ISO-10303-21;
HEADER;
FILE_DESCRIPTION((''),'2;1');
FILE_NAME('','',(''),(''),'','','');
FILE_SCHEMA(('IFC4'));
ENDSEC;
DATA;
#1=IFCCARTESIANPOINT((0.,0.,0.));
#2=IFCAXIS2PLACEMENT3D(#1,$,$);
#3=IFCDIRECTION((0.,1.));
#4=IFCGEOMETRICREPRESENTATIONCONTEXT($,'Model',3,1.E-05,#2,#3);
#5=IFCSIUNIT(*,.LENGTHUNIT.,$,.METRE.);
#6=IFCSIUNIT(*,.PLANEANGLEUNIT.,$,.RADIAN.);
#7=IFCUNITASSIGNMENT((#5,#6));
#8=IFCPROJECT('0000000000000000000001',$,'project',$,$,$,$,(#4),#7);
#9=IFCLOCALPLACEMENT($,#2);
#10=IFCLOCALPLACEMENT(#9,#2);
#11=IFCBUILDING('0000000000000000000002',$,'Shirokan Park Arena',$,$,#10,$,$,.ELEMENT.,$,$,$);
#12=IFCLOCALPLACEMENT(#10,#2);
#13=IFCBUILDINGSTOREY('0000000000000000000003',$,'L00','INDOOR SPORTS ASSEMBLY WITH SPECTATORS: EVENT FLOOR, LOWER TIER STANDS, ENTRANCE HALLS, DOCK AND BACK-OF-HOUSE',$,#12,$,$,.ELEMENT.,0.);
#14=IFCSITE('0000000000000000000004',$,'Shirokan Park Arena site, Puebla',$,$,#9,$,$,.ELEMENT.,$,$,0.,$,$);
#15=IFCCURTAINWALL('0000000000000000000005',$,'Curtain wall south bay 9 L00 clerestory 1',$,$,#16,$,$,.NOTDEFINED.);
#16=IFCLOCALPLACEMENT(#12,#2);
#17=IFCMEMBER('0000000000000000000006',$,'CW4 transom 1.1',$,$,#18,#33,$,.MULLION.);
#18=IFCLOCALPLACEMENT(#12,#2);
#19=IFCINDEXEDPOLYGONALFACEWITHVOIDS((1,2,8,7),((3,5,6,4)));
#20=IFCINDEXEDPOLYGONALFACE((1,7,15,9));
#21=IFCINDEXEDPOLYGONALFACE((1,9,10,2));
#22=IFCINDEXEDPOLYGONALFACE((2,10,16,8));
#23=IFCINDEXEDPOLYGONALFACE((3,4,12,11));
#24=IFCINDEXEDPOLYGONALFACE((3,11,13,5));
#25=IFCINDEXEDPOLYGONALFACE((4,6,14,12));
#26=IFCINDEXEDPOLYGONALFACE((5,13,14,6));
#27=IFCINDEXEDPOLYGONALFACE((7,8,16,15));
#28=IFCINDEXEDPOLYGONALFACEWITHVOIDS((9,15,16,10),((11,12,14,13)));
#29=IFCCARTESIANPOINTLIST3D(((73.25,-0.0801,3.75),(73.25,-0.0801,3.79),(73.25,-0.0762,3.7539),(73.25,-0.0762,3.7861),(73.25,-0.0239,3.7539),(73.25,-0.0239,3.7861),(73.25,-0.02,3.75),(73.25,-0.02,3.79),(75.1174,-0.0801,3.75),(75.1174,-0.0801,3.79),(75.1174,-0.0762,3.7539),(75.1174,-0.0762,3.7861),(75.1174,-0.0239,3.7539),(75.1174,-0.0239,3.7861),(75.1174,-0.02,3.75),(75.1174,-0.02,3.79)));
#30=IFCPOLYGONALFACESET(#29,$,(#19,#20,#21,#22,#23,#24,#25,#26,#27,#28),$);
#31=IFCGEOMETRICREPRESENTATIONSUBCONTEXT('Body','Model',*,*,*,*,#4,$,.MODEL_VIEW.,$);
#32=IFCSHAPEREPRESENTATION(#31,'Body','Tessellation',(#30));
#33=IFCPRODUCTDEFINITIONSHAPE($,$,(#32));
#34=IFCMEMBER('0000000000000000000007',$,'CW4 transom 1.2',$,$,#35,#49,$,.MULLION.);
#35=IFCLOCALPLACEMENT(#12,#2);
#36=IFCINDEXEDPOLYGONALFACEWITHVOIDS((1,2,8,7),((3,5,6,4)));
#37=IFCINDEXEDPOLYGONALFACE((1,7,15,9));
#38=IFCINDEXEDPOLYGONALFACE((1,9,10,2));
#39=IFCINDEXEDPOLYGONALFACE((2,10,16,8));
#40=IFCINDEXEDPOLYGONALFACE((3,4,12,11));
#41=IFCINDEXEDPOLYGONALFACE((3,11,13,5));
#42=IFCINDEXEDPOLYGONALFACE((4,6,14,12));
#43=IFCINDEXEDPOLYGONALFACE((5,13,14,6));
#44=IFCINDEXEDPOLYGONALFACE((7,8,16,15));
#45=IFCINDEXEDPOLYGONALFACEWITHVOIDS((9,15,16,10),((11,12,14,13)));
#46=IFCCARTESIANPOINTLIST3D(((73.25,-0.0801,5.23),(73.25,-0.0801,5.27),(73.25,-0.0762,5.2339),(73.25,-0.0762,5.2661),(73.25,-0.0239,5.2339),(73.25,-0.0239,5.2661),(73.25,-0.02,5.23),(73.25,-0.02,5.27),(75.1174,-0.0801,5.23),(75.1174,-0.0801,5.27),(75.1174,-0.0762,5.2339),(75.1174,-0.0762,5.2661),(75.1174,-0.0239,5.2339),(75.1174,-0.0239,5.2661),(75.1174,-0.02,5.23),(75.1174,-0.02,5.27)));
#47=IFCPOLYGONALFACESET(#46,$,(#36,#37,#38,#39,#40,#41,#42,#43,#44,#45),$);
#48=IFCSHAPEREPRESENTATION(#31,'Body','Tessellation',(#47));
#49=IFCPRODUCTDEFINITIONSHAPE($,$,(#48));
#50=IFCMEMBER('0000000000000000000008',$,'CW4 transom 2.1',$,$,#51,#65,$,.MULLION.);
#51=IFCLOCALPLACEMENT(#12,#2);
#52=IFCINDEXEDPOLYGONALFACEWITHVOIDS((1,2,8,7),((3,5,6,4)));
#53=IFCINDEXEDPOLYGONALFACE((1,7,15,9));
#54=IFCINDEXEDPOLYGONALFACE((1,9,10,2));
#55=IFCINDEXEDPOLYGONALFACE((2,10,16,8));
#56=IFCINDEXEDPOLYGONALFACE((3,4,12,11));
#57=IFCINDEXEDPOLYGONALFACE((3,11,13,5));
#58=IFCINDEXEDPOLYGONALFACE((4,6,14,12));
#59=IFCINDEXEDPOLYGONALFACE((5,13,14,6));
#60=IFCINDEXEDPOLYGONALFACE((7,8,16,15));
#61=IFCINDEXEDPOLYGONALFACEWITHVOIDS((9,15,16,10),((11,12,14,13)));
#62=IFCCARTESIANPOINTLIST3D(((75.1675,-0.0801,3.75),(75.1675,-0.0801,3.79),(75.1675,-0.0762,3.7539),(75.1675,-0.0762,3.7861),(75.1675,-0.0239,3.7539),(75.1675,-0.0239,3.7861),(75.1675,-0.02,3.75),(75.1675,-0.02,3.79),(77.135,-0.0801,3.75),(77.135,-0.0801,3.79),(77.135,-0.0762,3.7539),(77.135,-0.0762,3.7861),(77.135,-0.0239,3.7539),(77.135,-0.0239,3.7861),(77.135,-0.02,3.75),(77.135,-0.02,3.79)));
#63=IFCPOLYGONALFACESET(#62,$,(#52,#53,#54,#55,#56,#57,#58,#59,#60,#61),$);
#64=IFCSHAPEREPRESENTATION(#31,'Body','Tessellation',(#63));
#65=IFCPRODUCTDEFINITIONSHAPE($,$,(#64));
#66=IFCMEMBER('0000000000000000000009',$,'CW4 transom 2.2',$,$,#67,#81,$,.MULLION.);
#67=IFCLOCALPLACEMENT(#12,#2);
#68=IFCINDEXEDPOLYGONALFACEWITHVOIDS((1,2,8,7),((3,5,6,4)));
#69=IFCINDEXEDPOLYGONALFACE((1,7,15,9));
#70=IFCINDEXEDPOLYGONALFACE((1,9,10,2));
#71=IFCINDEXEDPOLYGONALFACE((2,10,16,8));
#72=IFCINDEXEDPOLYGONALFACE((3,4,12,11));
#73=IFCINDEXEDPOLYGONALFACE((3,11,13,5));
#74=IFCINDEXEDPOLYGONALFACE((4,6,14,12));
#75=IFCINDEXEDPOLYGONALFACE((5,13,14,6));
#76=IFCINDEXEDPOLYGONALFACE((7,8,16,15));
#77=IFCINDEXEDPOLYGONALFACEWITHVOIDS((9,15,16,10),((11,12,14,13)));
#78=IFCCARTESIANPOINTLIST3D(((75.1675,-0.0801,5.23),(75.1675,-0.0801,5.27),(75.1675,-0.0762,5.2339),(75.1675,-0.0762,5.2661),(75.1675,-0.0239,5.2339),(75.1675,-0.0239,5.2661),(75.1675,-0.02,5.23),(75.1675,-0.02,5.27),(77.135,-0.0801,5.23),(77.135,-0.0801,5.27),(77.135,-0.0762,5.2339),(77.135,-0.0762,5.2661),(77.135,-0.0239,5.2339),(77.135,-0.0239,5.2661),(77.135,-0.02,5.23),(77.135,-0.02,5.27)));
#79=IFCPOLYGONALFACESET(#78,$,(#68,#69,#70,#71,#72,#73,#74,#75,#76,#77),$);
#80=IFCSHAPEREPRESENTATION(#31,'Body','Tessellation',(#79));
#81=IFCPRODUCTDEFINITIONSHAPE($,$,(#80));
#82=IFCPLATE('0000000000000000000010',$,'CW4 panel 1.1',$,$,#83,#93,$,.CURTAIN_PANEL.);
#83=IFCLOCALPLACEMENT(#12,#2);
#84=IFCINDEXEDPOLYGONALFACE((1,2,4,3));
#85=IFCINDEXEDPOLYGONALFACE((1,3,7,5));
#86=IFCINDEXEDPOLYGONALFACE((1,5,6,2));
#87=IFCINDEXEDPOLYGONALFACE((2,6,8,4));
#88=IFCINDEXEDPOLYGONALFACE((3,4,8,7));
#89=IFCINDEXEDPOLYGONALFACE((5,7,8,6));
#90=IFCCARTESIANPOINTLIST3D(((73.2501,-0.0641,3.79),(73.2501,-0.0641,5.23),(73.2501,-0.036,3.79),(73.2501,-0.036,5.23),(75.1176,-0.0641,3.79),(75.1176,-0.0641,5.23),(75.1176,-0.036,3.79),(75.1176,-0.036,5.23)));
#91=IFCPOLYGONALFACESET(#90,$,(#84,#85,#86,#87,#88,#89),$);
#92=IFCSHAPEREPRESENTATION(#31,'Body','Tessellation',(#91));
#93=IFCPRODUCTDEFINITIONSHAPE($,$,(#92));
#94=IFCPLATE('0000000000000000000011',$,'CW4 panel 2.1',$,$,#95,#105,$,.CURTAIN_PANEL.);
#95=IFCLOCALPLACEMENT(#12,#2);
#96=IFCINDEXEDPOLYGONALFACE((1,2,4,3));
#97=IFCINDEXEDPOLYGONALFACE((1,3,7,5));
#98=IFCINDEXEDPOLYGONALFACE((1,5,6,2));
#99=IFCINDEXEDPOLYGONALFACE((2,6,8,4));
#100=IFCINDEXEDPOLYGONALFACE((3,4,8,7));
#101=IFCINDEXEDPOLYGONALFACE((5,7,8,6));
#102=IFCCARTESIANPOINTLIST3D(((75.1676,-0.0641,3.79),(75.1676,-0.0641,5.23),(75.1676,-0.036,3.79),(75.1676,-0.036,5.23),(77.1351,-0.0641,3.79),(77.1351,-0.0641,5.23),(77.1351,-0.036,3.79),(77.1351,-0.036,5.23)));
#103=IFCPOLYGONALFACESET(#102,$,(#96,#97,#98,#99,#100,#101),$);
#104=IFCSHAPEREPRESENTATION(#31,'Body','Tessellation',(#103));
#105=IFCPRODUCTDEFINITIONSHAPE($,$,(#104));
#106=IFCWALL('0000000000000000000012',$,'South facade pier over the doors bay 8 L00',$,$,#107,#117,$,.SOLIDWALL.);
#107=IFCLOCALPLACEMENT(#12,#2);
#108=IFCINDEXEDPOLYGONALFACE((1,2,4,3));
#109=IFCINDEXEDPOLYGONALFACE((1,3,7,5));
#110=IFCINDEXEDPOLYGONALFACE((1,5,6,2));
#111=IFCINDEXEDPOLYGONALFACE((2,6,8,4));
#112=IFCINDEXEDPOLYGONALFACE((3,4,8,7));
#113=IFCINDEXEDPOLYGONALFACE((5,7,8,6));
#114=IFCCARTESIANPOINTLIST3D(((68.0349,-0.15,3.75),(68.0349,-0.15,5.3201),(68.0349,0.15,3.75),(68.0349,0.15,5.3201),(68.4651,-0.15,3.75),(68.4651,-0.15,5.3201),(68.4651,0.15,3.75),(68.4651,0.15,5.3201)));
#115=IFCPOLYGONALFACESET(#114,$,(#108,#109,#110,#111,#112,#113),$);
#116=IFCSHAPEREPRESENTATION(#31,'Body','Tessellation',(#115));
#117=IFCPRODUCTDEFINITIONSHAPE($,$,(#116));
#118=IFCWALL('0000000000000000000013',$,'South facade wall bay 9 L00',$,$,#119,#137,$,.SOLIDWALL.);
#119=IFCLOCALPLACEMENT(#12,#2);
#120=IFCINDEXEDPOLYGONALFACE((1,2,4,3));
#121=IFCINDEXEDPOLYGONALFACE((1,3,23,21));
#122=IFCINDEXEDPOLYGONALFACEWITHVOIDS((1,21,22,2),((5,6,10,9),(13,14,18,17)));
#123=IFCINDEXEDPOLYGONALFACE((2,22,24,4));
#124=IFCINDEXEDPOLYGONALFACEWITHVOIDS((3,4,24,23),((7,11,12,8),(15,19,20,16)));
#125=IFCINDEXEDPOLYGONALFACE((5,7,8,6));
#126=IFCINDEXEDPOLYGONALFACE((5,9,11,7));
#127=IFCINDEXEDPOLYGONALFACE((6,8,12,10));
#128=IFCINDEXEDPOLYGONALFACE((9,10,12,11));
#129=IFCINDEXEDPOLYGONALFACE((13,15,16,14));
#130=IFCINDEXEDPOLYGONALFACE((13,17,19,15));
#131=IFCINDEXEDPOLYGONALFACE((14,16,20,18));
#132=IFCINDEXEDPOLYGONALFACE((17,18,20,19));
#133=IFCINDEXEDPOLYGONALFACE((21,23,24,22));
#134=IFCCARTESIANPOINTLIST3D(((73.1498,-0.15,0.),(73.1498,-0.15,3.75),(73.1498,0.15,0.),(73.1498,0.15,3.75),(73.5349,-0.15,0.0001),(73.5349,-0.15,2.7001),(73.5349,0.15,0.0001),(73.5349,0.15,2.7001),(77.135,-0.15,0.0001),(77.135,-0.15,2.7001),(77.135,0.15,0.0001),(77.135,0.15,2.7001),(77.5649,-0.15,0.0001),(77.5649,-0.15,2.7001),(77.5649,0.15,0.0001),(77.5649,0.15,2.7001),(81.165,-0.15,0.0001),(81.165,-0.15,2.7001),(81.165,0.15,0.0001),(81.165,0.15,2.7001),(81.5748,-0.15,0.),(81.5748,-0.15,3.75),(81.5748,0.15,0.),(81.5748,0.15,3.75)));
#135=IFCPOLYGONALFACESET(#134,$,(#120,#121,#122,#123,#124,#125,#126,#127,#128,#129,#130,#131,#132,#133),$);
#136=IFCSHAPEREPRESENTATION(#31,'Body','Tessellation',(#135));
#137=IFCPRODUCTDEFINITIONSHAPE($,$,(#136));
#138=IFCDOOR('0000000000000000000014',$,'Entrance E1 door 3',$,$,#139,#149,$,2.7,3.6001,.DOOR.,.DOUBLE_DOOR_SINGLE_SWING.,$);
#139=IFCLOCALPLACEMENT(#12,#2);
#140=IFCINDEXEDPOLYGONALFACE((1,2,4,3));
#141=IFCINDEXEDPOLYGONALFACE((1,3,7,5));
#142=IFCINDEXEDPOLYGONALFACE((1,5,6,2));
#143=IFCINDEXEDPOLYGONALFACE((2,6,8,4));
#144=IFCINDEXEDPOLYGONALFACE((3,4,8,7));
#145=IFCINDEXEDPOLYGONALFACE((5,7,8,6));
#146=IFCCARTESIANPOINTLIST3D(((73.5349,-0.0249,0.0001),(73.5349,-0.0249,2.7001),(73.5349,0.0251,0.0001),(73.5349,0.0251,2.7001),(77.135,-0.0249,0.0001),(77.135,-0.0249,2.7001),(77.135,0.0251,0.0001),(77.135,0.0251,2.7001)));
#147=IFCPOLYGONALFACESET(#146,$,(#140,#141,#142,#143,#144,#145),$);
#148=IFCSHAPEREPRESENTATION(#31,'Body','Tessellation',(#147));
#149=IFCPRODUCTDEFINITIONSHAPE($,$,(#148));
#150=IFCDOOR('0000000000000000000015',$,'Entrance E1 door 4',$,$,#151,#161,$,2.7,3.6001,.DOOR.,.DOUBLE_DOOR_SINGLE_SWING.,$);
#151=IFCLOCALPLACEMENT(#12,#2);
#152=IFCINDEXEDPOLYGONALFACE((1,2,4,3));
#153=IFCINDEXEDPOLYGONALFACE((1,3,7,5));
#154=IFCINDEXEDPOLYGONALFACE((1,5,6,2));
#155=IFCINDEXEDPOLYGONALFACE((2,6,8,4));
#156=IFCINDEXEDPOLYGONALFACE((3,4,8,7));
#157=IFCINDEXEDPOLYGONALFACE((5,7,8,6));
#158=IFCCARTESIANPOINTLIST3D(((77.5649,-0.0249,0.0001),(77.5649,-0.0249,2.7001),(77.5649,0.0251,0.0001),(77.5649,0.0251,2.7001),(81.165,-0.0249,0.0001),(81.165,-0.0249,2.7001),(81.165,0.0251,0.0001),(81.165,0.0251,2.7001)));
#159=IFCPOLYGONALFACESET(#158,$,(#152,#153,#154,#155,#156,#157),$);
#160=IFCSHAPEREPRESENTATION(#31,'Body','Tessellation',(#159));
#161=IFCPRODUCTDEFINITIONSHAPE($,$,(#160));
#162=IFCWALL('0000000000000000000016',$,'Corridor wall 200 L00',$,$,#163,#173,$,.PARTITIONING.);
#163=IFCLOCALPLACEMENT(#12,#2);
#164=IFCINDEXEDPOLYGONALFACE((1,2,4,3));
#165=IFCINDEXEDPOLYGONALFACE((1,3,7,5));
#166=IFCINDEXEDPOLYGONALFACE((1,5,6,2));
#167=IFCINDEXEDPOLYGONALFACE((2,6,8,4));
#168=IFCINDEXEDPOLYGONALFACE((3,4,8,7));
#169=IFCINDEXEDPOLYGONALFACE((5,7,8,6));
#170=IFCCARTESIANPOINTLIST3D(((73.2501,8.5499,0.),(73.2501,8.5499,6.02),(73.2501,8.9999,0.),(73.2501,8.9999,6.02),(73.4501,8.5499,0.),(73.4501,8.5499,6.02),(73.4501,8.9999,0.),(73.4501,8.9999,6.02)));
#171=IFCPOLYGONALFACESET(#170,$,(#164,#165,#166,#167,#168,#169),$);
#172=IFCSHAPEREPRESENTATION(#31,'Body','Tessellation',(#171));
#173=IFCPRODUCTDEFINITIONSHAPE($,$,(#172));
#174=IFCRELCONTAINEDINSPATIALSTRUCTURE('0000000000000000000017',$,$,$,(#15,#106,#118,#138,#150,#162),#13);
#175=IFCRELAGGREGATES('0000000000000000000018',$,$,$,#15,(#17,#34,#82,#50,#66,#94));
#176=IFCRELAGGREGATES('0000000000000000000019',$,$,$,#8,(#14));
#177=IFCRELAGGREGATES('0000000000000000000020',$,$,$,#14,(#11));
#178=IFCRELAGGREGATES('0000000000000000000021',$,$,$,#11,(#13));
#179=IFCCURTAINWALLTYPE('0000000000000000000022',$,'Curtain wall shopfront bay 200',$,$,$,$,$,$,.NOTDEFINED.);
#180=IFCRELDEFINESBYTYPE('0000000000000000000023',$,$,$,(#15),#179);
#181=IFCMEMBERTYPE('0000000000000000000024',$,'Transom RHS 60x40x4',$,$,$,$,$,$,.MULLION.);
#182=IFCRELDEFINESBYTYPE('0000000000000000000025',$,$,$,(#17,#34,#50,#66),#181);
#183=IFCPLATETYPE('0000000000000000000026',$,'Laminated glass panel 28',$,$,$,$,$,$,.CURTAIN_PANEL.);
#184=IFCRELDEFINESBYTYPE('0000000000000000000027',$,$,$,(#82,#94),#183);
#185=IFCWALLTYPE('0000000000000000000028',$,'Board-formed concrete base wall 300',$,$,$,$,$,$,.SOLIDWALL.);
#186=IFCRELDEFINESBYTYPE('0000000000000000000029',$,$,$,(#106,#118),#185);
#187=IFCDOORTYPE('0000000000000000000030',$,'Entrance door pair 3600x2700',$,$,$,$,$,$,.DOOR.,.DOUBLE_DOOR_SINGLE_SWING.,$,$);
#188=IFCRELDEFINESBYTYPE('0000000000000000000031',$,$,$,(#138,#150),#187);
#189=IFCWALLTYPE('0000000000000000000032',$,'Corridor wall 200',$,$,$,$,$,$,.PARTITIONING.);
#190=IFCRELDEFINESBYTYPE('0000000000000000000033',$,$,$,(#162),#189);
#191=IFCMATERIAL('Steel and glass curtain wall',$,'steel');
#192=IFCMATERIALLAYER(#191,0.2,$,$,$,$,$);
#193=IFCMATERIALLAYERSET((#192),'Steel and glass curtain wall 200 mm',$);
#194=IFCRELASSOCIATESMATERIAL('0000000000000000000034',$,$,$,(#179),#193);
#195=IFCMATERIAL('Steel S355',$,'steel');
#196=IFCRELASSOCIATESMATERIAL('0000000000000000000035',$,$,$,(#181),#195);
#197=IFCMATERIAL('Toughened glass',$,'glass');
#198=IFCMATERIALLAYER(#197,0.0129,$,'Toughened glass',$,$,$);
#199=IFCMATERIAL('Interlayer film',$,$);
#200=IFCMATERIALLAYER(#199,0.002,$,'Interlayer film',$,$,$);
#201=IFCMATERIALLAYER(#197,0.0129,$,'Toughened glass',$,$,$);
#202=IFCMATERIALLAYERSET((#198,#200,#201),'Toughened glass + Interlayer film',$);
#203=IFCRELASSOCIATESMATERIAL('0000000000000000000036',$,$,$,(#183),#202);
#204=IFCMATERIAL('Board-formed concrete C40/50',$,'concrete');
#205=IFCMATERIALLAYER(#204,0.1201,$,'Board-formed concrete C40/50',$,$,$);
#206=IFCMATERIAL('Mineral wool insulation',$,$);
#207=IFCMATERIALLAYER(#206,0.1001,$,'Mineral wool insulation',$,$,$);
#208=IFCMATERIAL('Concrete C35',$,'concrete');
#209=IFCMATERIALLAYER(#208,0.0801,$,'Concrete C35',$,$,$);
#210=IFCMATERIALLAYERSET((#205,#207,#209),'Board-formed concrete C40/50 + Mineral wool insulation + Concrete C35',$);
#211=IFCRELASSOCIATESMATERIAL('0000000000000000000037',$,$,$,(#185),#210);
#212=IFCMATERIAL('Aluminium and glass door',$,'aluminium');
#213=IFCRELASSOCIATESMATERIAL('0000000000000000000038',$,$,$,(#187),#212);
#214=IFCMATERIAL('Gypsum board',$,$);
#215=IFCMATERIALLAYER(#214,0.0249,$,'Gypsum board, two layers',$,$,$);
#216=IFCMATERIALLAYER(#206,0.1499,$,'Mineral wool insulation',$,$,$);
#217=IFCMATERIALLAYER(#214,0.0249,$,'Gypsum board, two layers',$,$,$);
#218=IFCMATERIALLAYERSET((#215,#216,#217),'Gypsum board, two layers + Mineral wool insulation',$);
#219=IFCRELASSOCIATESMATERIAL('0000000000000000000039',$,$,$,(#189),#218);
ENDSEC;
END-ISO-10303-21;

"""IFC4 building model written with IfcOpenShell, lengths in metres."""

from ifc_helpers import new_model, si_unit, direction, frame, frame_2d, origin, origin_2d, place, context, subcontext, project, spatial, rectangle, hollow_rectangle, extrude, material, layer, layer_set, material_profile, profile_set, type_object, element, fill, aggregate, save


model = new_model("IFC4")

# Units and contexts
model_context = context("Model", 3, precision=1e-05, world=origin(), true_north=direction((0.0, 1.0)))
body_context = subcontext(model_context, "Body", "Model", "MODEL_VIEW")
ifc_project = project(units=[si_unit("LENGTHUNIT", "METRE"), si_unit("PLANEANGLEUNIT", "RADIAN")], contexts=[model_context])

# Site, building, storey
site_placement = place(None, origin())
site = spatial("IfcSite", under=ifc_project, at=site_placement, Name="Shirokan Park Arena site, Puebla", CompositionType="ELEMENT", RefElevation=0.0)
building_placement = place(site_placement, origin())
building = spatial("IfcBuilding", under=site, at=building_placement, Name="Shirokan Park Arena", CompositionType="ELEMENT")
storey_placement = place(building_placement, origin())
storey = spatial("IfcBuildingStorey", under=building, at=storey_placement, Name="L00", Description="INDOOR SPORTS ASSEMBLY WITH SPECTATORS: EVENT FLOOR, LOWER TIER STANDS, ENTRANCE HALLS, DOCK AND BACK-OF-HOUSE", CompositionType="ELEMENT", Elevation=0.0)

# Shared definitions
ifc_material_1 = material(Name="Concrete C35", Category="concrete")

# Shared definitions
ifc_material_2 = material(Name="Steel and glass curtain wall", Category="steel")
ifc_layer_1 = layer(ifc_material_2, 0.2)
ifc_layer_set_1 = layer_set([ifc_layer_1], Name="Steel and glass curtain wall 200 mm")
curtain_wall_type = type_object("IfcCurtainWallType", Name="Curtain wall shopfront bay 200", PredefinedType="NOTDEFINED", material=ifc_layer_set_1)
ifc_material_3 = material(Name="Steel S355", Category="steel")

# Curtain wall, members, plates
curtain_wall_1_placement = place(storey_placement, origin())
curtain_wall_1 = element("IfcCurtainWall", 1, at=curtain_wall_1_placement, inside=storey, type_object=curtain_wall_type, Name="Curtain wall south bay 9 L00 clerestory 1", PredefinedType="NOTDEFINED")
ifc_material_profile_1 = material_profile(ifc_material_3, hollow_rectangle(XDim=0.0601, YDim=0.04, WallThickness=0.0039, at=origin_2d()), Name="RHS 60x40x4")
ifc_profile_set_1 = profile_set([ifc_material_profile_1], Name="Steel S355")
member_type_1 = type_object("IfcMemberType", Name="Transom RHS 60x40x4", PredefinedType="MULLION", material=ifc_profile_set_1)
member_1_placement = place(storey_placement, frame((73.25, -0.05, 3.77), z_axis=(1.0, 0.0, 0.0), x_axis=(0.0, 1.0, 0.0)))
member_1 = element("IfcMember", 2, at=member_1_placement, type_object=member_type_1, Name="CW4 transom 1.1", PredefinedType="MULLION", context=body_context, shape_type="SweptSolid", body=[
    extrude(hollow_rectangle(XDim=0.0601, YDim=0.04, WallThickness=0.0039, at=origin_2d()), origin(), (0.0, 0.0, 1.0), 1.8674),
])
member_2_placement = place(storey_placement, frame((73.25, -0.05, 5.25), z_axis=(1.0, 0.0, 0.0), x_axis=(0.0, 1.0, 0.0)))
member_2 = element("IfcMember", 3, at=member_2_placement, type_object=member_type_1, Name="CW4 transom 1.2", PredefinedType="MULLION", context=body_context, shape_type="SweptSolid", body=[
    extrude(hollow_rectangle(XDim=0.0601, YDim=0.04, WallThickness=0.0039, at=origin_2d()), origin(), (0.0, 0.0, 1.0), 1.8674),
])
member_3_placement = place(storey_placement, frame((75.1675, -0.05, 3.77), z_axis=(1.0, 0.0, 0.0), x_axis=(0.0, 1.0, 0.0)))
member_3 = element("IfcMember", 4, at=member_3_placement, type_object=member_type_1, Name="CW4 transom 2.1", PredefinedType="MULLION", context=body_context, shape_type="SweptSolid", body=[
    extrude(hollow_rectangle(XDim=0.0601, YDim=0.04, WallThickness=0.0039, at=origin_2d()), origin(), (0.0, 0.0, 1.0), 1.9675),
])
member_4_placement = place(storey_placement, frame((75.1675, -0.05, 5.25), z_axis=(1.0, 0.0, 0.0), x_axis=(0.0, 1.0, 0.0)))
member_4 = element("IfcMember", 5, at=member_4_placement, type_object=member_type_1, Name="CW4 transom 2.2", PredefinedType="MULLION", context=body_context, shape_type="SweptSolid", body=[
    extrude(hollow_rectangle(XDim=0.0601, YDim=0.04, WallThickness=0.0039, at=origin_2d()), origin(), (0.0, 0.0, 1.0), 1.9675),
])
ifc_material_4 = material(Name="Toughened glass", Category="glass")
ifc_layer_2 = layer(ifc_material_4, 0.0129, Name="Toughened glass")
ifc_material_5 = material(Name="Interlayer film")
ifc_layer_3 = layer(ifc_material_5, 0.002, Name="Interlayer film")
ifc_layer_4 = layer(ifc_material_4, 0.0129, Name="Toughened glass")
ifc_layer_set_2 = layer_set([ifc_layer_2, ifc_layer_3, ifc_layer_4], Name="Toughened glass + Interlayer film")
plate_type = type_object("IfcPlateType", Name="Laminated glass panel 28", PredefinedType="CURTAIN_PANEL", material=ifc_layer_set_2)
plate_1_placement = place(storey_placement, frame((74.1838, -0.05, 3.79), z_axis=(0.0, 0.0, 1.0), x_axis=(1.0, 0.0, 0.0)))
plate_1 = element("IfcPlate", 6, at=plate_1_placement, type_object=plate_type, Name="CW4 panel 1.1", PredefinedType="CURTAIN_PANEL", context=body_context, shape_type="SweptSolid", body=[
    extrude(rectangle(XDim=1.8674, YDim=0.0281, at=origin_2d()), origin(), (0.0, 0.0, 1.0), 1.4399),
])
plate_2_placement = place(storey_placement, frame((76.1514, -0.05, 3.79), z_axis=(0.0, 0.0, 1.0), x_axis=(1.0, 0.0, 0.0)))
plate_2 = element("IfcPlate", 7, at=plate_2_placement, type_object=plate_type, Name="CW4 panel 2.1", PredefinedType="CURTAIN_PANEL", context=body_context, shape_type="SweptSolid", body=[
    extrude(rectangle(XDim=1.9675, YDim=0.0281, at=origin_2d()), origin(), (0.0, 0.0, 1.0), 1.4399),
])
aggregate(curtain_wall_1, [member_1, member_2, plate_1, member_3, member_4, plate_2])

# Wall
ifc_material_6 = material(Name="Board-formed concrete C40/50", Category="concrete")
ifc_layer_5 = layer(ifc_material_6, 0.1201, Name="Board-formed concrete C40/50")
ifc_material_7 = material(Name="Mineral wool insulation")
ifc_layer_6 = layer(ifc_material_7, 0.1001, Name="Mineral wool insulation")
ifc_layer_7 = layer(ifc_material_1, 0.0801, Name="Concrete C35")
ifc_layer_set_3 = layer_set([ifc_layer_5, ifc_layer_6, ifc_layer_7], Name="Board-formed concrete C40/50 + Mineral wool insulation + Concrete C35")
wall_type_1 = type_object("IfcWallType", Name="Board-formed concrete base wall 300", PredefinedType="SOLIDWALL", material=ifc_layer_set_3)
wall_1_placement = place(storey_placement, frame((68.0349, 0.0, 3.75), z_axis=(0.0, 0.0, 1.0), x_axis=(1.0, 0.0, 0.0)))
element("IfcWall", 8, at=wall_1_placement, inside=storey, type_object=wall_type_1, Name="South facade pier over the doors bay 8 L00", PredefinedType="SOLIDWALL", context=body_context, shape_type="SweptSolid", body=[
    extrude(rectangle(XDim=0.4302, YDim=0.3, at=frame_2d((0.2151, 0.0))), origin(), (0.0, 0.0, 1.0), 1.5701),
])

# Wall, openings, doors
wall_2_placement = place(storey_placement, frame((73.1499, 0.0, 0.0), z_axis=(0.0, 0.0, 1.0), x_axis=(1.0, 0.0, 0.0)))
wall_2 = element("IfcWall", 9, at=wall_2_placement, inside=storey, type_object=wall_type_1, Name="South facade wall bay 9 L00", PredefinedType="SOLIDWALL", context=body_context, shape_type="SweptSolid", body=[
    extrude(rectangle(XDim=8.425, YDim=0.3, at=frame_2d((4.2124, 0.0))), origin(), (0.0, 0.0, 1.0), 3.75),
])
opening_1_placement = place(wall_2_placement, frame((0.385, 0.0, 0.0)))
opening_1 = element("IfcOpeningElement", 10, at=opening_1_placement, cuts=wall_2, PredefinedType="OPENING", context=body_context, shape_type="SweptSolid", body=[
    extrude(rectangle(XDim=3.6001, YDim=2.7, at=frame_2d((1.8, 1.3501))), frame((0.0, 0.1599, 0.0), z_axis=(0.0, -1.0, 0.0), x_axis=(1.0, 0.0, 0.0)), (0.0, 0.0, 1.0), 0.3201),
])
opening_2_placement = place(wall_2_placement, frame((4.415, 0.0, 0.0)))
opening_2 = element("IfcOpeningElement", 11, at=opening_2_placement, cuts=wall_2, PredefinedType="OPENING", context=body_context, shape_type="SweptSolid", body=[
    extrude(rectangle(XDim=3.6001, YDim=2.7, at=frame_2d((1.8, 1.3501))), frame((0.0, 0.1599, 0.0), z_axis=(0.0, -1.0, 0.0), x_axis=(1.0, 0.0, 0.0)), (0.0, 0.0, 1.0), 0.3201),
])
ifc_material_8 = material(Name="Aluminium and glass door", Category="aluminium")
door_type_1 = type_object("IfcDoorType", Name="Entrance door pair 3600x2700", OperationType="DOUBLE_DOOR_SINGLE_SWING", PredefinedType="DOOR", material=ifc_material_8)
door_1_placement = place(opening_1_placement, frame((3.6001, 0.0, 0.0), z_axis=(0.0, 0.0, 1.0), x_axis=(-1.0, 0.0, 0.0)))
door_1 = element("IfcDoor", 12, at=door_1_placement, inside=storey, type_object=door_type_1, Name="Entrance E1 door 3", OperationType="DOUBLE_DOOR_SINGLE_SWING", OverallHeight=2.7, OverallWidth=3.6001, PredefinedType="DOOR", context=body_context, shape_type="SweptSolid", body=[
    extrude(rectangle(XDim=3.6001, YDim=2.7, at=frame_2d((1.8, 1.3501))), frame((0.0, 0.0249, 0.0), z_axis=(0.0, -1.0, 0.0), x_axis=(1.0, 0.0, 0.0)), (0.0, 0.0, 1.0), 0.05),
])
fill(opening_1, door_1)
door_2_placement = place(opening_2_placement, frame((3.6001, 0.0, 0.0), z_axis=(0.0, 0.0, 1.0), x_axis=(-1.0, 0.0, 0.0)))
door_2 = element("IfcDoor", 13, at=door_2_placement, inside=storey, type_object=door_type_1, Name="Entrance E1 door 4", OperationType="DOUBLE_DOOR_SINGLE_SWING", OverallHeight=2.7, OverallWidth=3.6001, PredefinedType="DOOR", context=body_context, shape_type="SweptSolid", body=[
    extrude(rectangle(XDim=3.6001, YDim=2.7, at=frame_2d((1.8, 1.3501))), frame((0.0, 0.0249, 0.0), z_axis=(0.0, -1.0, 0.0), x_axis=(1.0, 0.0, 0.0)), (0.0, 0.0, 1.0), 0.05),
])
fill(opening_2, door_2)
ifc_material_9 = material(Name="Gypsum board")
ifc_layer_8 = layer(ifc_material_9, 0.0249, Name="Gypsum board, two layers")
ifc_layer_9 = layer(ifc_material_7, 0.1499, Name="Mineral wool insulation")
ifc_layer_10 = layer(ifc_material_9, 0.0249, Name="Gypsum board, two layers")
ifc_layer_set_4 = layer_set([ifc_layer_8, ifc_layer_9, ifc_layer_10], Name="Gypsum board, two layers + Mineral wool insulation")
wall_type_2 = type_object("IfcWallType", Name="Corridor wall 200", PredefinedType="PARTITIONING", material=ifc_layer_set_4)

# Wall
wall_3_placement = place(storey_placement, frame((73.3501, 9.0, 0.0), z_axis=(0.0, 0.0, 1.0), x_axis=(0.0, -1.0, 0.0)))
element("IfcWall", 14, at=wall_3_placement, inside=storey, type_object=wall_type_2, Name="Corridor wall 200 L00", PredefinedType="PARTITIONING", context=body_context, shape_type="SweptSolid", body=[
    extrude(rectangle(XDim=0.45, YDim=0.2, at=frame_2d((0.2251, 0.0))), origin(), (0.0, 0.0, 1.0), 6.02),
])

save(model, "model.ifc")
